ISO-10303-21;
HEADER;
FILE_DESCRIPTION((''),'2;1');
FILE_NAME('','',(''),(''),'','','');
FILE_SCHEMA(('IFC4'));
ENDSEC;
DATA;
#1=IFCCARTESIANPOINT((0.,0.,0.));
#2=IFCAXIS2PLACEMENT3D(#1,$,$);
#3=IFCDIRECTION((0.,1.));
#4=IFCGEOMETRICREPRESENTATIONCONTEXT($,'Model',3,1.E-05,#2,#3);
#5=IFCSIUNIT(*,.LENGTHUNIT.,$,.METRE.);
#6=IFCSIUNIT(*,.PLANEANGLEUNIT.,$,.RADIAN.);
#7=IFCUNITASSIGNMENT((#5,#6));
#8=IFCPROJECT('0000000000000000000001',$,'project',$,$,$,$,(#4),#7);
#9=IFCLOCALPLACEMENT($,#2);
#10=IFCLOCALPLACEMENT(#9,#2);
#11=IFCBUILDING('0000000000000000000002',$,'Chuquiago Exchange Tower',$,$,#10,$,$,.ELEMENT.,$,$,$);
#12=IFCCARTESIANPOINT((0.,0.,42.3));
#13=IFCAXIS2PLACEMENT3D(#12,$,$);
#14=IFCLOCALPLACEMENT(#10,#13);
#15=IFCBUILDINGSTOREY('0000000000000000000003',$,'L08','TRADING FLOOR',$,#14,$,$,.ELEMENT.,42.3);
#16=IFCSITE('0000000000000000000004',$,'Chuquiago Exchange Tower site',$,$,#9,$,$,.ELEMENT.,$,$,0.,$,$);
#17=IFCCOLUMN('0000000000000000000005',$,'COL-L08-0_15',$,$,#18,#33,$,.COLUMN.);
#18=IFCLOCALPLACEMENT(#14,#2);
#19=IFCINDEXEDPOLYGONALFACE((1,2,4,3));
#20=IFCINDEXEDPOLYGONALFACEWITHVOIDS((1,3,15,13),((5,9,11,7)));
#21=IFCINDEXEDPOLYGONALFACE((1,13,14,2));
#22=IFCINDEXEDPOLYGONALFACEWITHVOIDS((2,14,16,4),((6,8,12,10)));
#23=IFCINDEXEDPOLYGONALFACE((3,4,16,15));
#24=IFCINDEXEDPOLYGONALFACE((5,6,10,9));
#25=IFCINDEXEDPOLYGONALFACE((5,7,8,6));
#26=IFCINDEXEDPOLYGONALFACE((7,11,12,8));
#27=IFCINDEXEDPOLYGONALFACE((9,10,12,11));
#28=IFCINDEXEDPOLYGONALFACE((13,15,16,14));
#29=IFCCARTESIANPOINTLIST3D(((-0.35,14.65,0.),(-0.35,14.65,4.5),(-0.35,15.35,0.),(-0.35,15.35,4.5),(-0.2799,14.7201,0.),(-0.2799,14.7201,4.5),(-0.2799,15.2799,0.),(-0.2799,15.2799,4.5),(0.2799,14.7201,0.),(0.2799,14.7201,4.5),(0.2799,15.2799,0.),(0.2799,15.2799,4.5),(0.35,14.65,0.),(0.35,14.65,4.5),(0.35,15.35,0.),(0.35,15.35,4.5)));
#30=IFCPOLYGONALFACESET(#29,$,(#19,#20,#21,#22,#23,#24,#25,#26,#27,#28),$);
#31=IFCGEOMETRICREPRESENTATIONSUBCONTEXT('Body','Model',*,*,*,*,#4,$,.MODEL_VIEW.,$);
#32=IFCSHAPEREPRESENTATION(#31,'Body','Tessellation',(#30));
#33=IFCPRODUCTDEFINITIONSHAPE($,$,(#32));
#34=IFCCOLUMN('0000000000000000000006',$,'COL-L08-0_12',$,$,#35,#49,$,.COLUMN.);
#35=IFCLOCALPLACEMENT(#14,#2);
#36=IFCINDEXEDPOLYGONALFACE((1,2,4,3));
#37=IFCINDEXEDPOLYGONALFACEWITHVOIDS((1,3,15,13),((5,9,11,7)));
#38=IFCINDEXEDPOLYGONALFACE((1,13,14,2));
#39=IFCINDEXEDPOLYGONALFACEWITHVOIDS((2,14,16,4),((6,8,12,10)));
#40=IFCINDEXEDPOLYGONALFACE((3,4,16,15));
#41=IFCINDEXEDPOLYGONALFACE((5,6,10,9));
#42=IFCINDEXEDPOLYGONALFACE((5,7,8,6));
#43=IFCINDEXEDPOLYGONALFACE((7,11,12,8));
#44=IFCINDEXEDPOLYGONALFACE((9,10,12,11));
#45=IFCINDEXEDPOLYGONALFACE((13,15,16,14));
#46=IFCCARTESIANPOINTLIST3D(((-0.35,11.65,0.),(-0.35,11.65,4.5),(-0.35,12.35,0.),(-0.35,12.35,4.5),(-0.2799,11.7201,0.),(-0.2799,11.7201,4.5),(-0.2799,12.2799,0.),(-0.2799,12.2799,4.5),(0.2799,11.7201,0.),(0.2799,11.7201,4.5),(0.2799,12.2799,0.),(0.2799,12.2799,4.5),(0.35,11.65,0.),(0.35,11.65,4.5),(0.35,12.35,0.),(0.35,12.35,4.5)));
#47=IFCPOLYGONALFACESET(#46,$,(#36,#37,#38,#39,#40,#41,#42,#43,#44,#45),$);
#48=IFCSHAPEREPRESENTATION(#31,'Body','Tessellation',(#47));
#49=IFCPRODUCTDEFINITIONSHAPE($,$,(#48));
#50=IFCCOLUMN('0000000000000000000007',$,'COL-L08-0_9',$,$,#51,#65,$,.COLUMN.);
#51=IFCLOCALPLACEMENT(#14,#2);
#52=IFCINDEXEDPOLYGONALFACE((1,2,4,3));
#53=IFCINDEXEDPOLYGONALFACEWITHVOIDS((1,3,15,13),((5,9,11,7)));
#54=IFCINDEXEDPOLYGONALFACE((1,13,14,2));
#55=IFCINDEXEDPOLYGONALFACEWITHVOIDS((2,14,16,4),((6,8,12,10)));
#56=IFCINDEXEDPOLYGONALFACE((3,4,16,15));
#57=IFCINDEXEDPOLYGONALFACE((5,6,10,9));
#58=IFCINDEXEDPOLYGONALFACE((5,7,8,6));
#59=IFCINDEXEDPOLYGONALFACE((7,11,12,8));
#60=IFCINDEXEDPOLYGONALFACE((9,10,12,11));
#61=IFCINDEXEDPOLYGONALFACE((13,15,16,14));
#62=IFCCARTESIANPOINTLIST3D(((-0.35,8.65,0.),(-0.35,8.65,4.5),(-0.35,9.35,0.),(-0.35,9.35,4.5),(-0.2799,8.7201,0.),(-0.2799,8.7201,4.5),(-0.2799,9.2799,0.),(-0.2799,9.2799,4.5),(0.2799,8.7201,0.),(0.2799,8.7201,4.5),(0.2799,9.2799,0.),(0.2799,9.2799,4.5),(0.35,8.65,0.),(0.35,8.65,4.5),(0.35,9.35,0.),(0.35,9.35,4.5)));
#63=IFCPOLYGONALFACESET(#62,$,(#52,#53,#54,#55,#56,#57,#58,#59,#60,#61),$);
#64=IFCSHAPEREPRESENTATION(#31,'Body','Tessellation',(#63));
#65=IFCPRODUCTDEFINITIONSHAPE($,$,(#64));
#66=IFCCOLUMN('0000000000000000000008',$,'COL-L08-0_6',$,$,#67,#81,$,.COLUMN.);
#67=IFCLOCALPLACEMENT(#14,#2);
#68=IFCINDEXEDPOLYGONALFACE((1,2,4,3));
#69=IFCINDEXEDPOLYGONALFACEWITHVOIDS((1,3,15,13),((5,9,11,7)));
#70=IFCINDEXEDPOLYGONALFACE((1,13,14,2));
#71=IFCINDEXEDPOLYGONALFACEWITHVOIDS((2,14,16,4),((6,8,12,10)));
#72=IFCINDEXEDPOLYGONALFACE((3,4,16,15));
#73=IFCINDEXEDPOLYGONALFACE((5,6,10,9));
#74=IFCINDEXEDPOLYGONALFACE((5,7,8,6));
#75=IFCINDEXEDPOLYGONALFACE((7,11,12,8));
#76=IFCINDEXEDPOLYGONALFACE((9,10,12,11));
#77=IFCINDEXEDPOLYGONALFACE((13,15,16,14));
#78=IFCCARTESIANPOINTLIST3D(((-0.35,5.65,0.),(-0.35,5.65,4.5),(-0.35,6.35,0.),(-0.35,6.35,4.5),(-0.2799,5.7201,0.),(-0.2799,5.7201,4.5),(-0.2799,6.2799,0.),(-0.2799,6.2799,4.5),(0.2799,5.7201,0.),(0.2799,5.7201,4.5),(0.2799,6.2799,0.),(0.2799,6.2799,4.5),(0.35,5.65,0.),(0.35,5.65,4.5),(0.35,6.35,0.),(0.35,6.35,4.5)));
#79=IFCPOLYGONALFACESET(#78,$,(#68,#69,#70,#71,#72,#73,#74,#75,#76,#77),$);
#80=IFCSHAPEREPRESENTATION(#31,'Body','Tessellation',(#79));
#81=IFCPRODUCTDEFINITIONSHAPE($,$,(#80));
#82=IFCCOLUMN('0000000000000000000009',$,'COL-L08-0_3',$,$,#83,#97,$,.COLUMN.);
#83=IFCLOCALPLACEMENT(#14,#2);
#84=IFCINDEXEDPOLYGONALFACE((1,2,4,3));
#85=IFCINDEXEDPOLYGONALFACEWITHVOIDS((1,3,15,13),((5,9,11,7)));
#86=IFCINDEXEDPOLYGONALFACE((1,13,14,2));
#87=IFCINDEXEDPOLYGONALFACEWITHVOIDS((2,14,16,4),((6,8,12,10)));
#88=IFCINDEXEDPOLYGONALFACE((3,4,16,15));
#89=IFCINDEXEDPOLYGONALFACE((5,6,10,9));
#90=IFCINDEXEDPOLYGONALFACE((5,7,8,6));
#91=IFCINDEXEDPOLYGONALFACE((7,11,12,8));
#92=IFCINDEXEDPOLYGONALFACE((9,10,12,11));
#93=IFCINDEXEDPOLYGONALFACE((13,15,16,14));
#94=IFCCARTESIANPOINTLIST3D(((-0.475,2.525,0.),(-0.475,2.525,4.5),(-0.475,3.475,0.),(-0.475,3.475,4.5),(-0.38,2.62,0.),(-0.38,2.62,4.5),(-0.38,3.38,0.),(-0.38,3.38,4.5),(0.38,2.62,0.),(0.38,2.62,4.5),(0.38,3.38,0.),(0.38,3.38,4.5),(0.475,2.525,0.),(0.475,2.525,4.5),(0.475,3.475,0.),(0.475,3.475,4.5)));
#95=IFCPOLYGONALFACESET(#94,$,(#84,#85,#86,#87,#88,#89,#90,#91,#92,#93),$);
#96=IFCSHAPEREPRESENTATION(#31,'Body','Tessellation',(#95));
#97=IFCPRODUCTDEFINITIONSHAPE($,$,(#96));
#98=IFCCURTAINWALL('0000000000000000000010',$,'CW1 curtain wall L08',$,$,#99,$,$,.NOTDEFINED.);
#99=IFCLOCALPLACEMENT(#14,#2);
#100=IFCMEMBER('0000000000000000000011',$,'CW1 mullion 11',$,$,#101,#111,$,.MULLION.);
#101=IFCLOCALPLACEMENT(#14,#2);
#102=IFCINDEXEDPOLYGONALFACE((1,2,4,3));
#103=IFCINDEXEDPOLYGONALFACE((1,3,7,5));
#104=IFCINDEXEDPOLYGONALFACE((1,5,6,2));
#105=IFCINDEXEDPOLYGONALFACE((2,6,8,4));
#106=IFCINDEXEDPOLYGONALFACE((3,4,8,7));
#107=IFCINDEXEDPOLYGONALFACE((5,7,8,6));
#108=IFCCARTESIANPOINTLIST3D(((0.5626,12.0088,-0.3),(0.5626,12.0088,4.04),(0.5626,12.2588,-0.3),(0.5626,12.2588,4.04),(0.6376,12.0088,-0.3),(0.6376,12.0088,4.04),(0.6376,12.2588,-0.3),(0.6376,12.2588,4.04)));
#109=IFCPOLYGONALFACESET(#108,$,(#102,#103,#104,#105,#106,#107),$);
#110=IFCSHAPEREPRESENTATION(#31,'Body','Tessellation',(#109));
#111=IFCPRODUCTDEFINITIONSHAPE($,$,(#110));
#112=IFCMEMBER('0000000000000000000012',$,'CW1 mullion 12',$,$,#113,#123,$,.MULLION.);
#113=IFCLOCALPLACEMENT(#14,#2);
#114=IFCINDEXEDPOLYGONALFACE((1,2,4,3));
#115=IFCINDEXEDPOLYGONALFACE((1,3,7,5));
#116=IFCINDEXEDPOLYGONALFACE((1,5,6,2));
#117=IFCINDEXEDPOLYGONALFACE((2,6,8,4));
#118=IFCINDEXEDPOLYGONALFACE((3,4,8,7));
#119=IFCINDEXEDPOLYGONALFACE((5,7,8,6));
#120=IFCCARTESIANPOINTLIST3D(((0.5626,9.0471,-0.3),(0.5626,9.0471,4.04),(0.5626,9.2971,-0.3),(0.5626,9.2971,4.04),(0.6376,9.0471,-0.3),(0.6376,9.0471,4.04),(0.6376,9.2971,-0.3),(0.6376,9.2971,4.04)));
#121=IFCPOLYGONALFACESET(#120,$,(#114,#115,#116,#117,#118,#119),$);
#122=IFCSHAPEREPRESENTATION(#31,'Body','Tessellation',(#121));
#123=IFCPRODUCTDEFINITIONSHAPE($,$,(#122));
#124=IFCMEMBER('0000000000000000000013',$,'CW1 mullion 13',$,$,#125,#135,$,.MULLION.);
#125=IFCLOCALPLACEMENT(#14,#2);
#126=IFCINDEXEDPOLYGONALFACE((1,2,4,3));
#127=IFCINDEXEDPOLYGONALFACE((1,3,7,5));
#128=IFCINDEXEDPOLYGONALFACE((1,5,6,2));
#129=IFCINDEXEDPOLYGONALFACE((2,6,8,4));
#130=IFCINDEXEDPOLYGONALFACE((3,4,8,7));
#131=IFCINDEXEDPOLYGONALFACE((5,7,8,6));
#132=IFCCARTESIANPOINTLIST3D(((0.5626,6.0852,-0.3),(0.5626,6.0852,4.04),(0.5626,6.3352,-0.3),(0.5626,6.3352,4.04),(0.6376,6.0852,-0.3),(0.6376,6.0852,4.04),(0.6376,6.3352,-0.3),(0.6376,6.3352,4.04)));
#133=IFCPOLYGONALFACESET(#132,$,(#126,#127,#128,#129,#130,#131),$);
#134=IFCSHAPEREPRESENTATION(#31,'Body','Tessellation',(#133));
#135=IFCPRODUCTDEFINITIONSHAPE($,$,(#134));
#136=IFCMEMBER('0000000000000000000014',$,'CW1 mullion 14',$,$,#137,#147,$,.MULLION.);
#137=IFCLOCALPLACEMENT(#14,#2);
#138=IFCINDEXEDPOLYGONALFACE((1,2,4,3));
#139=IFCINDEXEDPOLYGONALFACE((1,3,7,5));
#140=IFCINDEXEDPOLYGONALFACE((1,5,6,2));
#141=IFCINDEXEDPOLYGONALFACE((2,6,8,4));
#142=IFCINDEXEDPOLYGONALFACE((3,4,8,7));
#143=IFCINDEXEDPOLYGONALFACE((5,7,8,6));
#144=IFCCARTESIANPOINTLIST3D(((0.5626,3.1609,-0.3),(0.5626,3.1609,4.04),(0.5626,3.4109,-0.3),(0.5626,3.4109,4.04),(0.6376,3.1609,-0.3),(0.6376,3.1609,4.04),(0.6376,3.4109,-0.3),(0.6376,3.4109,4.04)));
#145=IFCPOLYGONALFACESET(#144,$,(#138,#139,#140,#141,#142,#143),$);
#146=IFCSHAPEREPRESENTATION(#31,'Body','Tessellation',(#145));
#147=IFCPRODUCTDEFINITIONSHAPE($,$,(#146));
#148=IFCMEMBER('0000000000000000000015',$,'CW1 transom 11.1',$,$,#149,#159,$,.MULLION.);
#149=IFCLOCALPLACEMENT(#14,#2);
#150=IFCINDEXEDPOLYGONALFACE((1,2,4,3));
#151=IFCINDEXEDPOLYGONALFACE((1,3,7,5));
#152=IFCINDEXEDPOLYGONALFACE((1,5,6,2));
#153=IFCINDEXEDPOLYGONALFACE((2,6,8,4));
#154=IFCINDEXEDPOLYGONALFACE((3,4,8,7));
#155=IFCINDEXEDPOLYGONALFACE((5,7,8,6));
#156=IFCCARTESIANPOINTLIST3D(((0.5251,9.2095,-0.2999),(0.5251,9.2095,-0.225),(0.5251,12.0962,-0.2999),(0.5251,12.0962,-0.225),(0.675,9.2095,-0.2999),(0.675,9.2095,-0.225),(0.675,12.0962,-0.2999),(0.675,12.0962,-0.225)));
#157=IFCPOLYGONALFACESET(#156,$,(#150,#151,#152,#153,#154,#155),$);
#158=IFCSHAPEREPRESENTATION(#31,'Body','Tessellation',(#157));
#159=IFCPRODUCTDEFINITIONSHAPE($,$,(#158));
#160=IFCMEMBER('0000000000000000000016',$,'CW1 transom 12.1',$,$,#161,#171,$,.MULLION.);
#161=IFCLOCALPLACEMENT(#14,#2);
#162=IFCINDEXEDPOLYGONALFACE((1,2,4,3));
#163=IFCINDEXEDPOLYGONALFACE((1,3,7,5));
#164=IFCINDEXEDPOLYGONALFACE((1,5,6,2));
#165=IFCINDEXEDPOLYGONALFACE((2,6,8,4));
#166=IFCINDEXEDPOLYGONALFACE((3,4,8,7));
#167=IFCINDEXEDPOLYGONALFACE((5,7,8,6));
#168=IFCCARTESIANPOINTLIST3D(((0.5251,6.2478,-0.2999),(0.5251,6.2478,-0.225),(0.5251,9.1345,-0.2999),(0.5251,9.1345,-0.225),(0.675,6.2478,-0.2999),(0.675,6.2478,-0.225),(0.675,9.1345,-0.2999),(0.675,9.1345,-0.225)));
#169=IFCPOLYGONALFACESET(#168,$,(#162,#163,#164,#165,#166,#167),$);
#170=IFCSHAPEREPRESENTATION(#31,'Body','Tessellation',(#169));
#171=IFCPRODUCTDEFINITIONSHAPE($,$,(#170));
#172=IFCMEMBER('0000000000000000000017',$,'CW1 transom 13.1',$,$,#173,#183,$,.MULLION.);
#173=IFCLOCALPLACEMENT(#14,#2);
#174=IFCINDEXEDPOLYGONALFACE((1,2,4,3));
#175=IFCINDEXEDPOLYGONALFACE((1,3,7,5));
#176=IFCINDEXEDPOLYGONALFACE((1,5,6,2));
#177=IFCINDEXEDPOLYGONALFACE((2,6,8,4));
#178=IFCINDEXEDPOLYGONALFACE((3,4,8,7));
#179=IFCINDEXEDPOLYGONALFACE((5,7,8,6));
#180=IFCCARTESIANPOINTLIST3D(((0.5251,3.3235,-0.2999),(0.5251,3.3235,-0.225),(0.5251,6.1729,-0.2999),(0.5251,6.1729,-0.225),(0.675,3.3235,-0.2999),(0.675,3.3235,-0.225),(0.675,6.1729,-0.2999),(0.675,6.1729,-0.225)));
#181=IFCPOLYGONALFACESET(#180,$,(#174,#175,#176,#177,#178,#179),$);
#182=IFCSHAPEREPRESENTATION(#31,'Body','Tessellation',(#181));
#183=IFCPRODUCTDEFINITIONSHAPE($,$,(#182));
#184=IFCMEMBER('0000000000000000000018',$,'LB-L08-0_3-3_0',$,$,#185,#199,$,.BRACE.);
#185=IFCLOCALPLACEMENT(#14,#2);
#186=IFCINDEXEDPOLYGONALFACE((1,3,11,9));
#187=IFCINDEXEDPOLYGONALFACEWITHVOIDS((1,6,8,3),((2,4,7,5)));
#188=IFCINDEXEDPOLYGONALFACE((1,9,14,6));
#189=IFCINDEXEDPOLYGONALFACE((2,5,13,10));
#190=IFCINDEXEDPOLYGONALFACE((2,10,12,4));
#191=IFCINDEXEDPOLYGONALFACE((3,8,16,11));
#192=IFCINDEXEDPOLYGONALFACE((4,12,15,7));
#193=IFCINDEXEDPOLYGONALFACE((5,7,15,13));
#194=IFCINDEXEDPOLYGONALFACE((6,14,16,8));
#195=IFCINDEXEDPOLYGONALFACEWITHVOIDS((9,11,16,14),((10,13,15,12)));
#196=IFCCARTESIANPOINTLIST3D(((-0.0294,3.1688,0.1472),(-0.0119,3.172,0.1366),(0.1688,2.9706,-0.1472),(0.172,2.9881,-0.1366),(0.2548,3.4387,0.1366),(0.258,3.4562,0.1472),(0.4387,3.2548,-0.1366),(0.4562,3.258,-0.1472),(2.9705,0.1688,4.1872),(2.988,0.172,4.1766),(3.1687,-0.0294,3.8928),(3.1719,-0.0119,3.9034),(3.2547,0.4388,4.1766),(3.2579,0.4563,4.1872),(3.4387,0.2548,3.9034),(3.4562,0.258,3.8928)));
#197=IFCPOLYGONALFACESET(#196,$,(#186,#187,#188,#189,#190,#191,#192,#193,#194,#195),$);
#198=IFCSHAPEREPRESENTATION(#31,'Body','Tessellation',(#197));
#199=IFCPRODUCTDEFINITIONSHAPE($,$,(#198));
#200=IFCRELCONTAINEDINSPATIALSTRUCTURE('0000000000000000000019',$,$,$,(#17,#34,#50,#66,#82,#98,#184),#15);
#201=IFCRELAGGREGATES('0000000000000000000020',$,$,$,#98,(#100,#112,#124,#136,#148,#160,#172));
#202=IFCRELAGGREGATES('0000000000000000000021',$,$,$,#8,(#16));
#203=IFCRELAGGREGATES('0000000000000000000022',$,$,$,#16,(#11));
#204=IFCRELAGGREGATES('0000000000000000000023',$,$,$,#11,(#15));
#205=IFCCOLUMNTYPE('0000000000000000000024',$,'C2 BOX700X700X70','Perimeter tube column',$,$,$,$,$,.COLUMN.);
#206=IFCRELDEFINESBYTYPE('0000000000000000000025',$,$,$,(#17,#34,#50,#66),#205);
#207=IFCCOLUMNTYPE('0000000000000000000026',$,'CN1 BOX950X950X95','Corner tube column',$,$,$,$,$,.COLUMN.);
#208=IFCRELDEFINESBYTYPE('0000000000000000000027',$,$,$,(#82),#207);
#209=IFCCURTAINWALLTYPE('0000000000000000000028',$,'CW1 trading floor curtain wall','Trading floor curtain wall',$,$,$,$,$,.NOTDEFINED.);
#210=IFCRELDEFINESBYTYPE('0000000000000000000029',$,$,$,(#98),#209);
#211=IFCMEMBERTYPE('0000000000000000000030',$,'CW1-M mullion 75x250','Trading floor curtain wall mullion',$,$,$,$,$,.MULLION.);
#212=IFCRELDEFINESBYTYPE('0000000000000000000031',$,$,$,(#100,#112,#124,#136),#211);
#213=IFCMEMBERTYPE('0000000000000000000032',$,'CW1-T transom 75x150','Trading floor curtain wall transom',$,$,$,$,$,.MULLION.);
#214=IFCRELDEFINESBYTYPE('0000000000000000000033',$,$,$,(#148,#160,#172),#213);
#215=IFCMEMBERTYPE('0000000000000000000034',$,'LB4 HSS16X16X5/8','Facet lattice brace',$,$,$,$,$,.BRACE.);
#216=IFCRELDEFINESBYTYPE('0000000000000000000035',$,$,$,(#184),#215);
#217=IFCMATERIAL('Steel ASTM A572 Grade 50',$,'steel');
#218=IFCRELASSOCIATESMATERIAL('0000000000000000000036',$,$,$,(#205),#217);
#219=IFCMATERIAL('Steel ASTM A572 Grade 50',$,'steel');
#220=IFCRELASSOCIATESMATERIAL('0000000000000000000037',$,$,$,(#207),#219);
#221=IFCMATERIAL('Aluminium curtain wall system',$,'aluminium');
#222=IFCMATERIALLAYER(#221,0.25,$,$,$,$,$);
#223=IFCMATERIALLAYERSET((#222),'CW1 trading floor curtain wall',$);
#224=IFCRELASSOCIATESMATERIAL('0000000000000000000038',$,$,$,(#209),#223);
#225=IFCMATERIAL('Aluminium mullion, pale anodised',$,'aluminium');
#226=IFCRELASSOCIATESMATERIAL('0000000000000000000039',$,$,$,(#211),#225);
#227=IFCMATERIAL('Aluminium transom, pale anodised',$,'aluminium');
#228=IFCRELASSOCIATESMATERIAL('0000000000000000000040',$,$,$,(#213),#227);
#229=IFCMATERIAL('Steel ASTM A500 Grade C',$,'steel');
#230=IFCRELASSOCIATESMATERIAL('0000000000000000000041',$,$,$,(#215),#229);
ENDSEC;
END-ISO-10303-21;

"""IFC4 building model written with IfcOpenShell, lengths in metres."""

from ifc_helpers import new_model, si_unit, direction, frame, origin, origin_2d, place, context, subcontext, project, spatial, rectangle, hollow_rectangle, extrude, material, layer, layer_set, material_profile, profile_set, type_object, element, aggregate, save


model = new_model("IFC4")

# Units and contexts
model_context = context("Model", 3, precision=1e-05, world=origin(), true_north=direction((0.0, 1.0)))
body_context = subcontext(model_context, "Body", "Model", "MODEL_VIEW")
ifc_project = project(units=[si_unit("LENGTHUNIT", "METRE"), si_unit("PLANEANGLEUNIT", "RADIAN")], contexts=[model_context])

# Site, building, storey
site_placement = place(None, origin())
site = spatial("IfcSite", under=ifc_project, at=site_placement, Name="Chuquiago Exchange Tower site", CompositionType="ELEMENT", RefElevation=0.0)
building_placement = place(site_placement, origin())
building = spatial("IfcBuilding", under=site, at=building_placement, Name="Chuquiago Exchange Tower", CompositionType="ELEMENT")
storey_placement = place(building_placement, frame((0.0, 0.0, 42.3)))
storey = spatial("IfcBuildingStorey", under=building, at=storey_placement, Name="L08", Description="TRADING FLOOR", CompositionType="ELEMENT", Elevation=42.3)

# Columns
ifc_material_1 = material(Name="Steel ASTM A572 Grade 50", Category="steel")
ifc_material_profile_1 = material_profile(ifc_material_1, hollow_rectangle(XDim=0.7, YDim=0.7, WallThickness=0.0701, at=origin_2d()), Name="BOX700X700X70")
ifc_profile_set_1 = profile_set([ifc_material_profile_1], Name="Steel ASTM A572 Grade 50")
column_type_1 = type_object("IfcColumnType", Name="C2 BOX700X700X70", Description="Perimeter tube column", PredefinedType="COLUMN", material=ifc_profile_set_1)
for number, where, z_axis, x_axis, name in (
    (1, (0.0, 15.0, 0.0), (0.0, 0.0, 1.0), (-1.0, 0.0, 0.0), "COL-L08-0_15"),
    (2, (0.0, 12.0, 0.0), (0.0, 0.0, 1.0), (-1.0, 0.0, 0.0), "COL-L08-0_12"),
    (3, (0.0, 9.0, 0.0), (0.0, 0.0, 1.0), (-1.0, 0.0, 0.0), "COL-L08-0_9"),
    (4, (0.0, 6.0, 0.0), (0.0, 0.0, 1.0), (-1.0, 0.0, 0.0), "COL-L08-0_6"),
):
    element("IfcColumn", number, at=place(storey_placement, frame(where, z_axis=z_axis, x_axis=x_axis)), inside=storey, type_object=column_type_1, Name=name, PredefinedType="COLUMN", context=body_context, shape_type="SweptSolid", body=[
        extrude(hollow_rectangle(XDim=0.7, YDim=0.7, WallThickness=0.0701, at=origin_2d()), origin(), (0.0, 0.0, 1.0), 4.5),
    ])
ifc_material_2 = material(Name="Steel ASTM A572 Grade 50", Category="steel")
ifc_material_profile_2 = material_profile(ifc_material_2, hollow_rectangle(XDim=0.95, YDim=0.95, WallThickness=0.095, at=origin_2d()), Name="BOX950X950X95")
ifc_profile_set_2 = profile_set([ifc_material_profile_2], Name="Steel ASTM A572 Grade 50")
column_type_2 = type_object("IfcColumnType", Name="CN1 BOX950X950X95", Description="Corner tube column", PredefinedType="COLUMN", material=ifc_profile_set_2)
column_placement = place(storey_placement, frame((0.0, 3.0, 0.0), z_axis=(0.0, 0.0, 1.0), x_axis=(-1.0, 0.0, 0.0)))
element("IfcColumn", 5, at=column_placement, inside=storey, type_object=column_type_2, Name="COL-L08-0_3", PredefinedType="COLUMN", context=body_context, shape_type="SweptSolid", body=[
    extrude(hollow_rectangle(XDim=0.95, YDim=0.95, WallThickness=0.095, at=origin_2d()), origin(), (0.0, 0.0, 1.0), 4.5),
])

# Curtain wall, members
ifc_material_3 = material(Name="Aluminium curtain wall system", Category="aluminium")
ifc_layer_1 = layer(ifc_material_3, 0.25)
ifc_layer_set_1 = layer_set([ifc_layer_1], Name="CW1 trading floor curtain wall")
curtain_wall_type = type_object("IfcCurtainWallType", Name="CW1 trading floor curtain wall", Description="Trading floor curtain wall", PredefinedType="NOTDEFINED", material=ifc_layer_set_1)
curtain_wall_placement = place(storey_placement, origin())
curtain_wall = element("IfcCurtainWall", 6, at=curtain_wall_placement, inside=storey, type_object=curtain_wall_type, Name="CW1 curtain wall L08", PredefinedType="NOTDEFINED")
ifc_material_4 = material(Name="Aluminium mullion, pale anodised", Category="aluminium")
ifc_material_profile_3 = material_profile(ifc_material_4, rectangle(XDim=0.075, YDim=0.25, at=origin_2d()), Name="AL 75x250")
ifc_profile_set_3 = profile_set([ifc_material_profile_3], Name="Aluminium mullion, pale anodised")
member_type_1 = type_object("IfcMemberType", Name="CW1-M mullion 75x250", Description="Trading floor curtain wall mullion", PredefinedType="MULLION", material=ifc_profile_set_3)
member_1_placement = place(storey_placement, frame((0.6001, 12.1338, -0.3), z_axis=(0.0, 0.0, 1.0), x_axis=(1.0, 0.0, 0.0)))
member_1 = element("IfcMember", 7, at=member_1_placement, type_object=member_type_1, Name="CW1 mullion 11", PredefinedType="MULLION", context=body_context, shape_type="SweptSolid", body=[
    extrude(rectangle(XDim=0.075, YDim=0.25, at=origin_2d()), origin(), (0.0, 0.0, 1.0), 4.3401),
])
member_2_placement = place(storey_placement, frame((0.6001, 9.1721, -0.3), z_axis=(0.0, 0.0, 1.0), x_axis=(1.0, 0.0, 0.0)))
member_2 = element("IfcMember", 8, at=member_2_placement, type_object=member_type_1, Name="CW1 mullion 12", PredefinedType="MULLION", context=body_context, shape_type="SweptSolid", body=[
    extrude(rectangle(XDim=0.075, YDim=0.25, at=origin_2d()), origin(), (0.0, 0.0, 1.0), 4.3401),
])
member_3_placement = place(storey_placement, frame((0.6001, 6.2102, -0.3), z_axis=(0.0, 0.0, 1.0), x_axis=(1.0, 0.0, 0.0)))
member_3 = element("IfcMember", 9, at=member_3_placement, type_object=member_type_1, Name="CW1 mullion 13", PredefinedType="MULLION", context=body_context, shape_type="SweptSolid", body=[
    extrude(rectangle(XDim=0.075, YDim=0.25, at=origin_2d()), origin(), (0.0, 0.0, 1.0), 4.3401),
])
member_4_placement = place(storey_placement, frame((0.6001, 3.2859, -0.3), z_axis=(0.0, 0.0, 1.0), x_axis=(1.0, 0.0, 0.0)))
member_4 = element("IfcMember", 10, at=member_4_placement, type_object=member_type_1, Name="CW1 mullion 14", PredefinedType="MULLION", context=body_context, shape_type="SweptSolid", body=[
    extrude(rectangle(XDim=0.075, YDim=0.25, at=origin_2d()), origin(), (0.0, 0.0, 1.0), 4.3401),
])
ifc_material_5 = material(Name="Aluminium transom, pale anodised", Category="aluminium")
ifc_material_profile_4 = material_profile(ifc_material_5, rectangle(XDim=0.1499, YDim=0.075, at=origin_2d()), Name="AL 150x75")
ifc_profile_set_4 = profile_set([ifc_material_profile_4], Name="Aluminium transom, pale anodised")
member_type_2 = type_object("IfcMemberType", Name="CW1-T transom 75x150", Description="Trading floor curtain wall transom", PredefinedType="MULLION", material=ifc_profile_set_4)
member_5_placement = place(storey_placement, frame((0.6001, 12.0962, -0.2625), z_axis=(0.0, -1.0, 0.0), x_axis=(1.0, 0.0, 0.0)))
member_5 = element("IfcMember", 11, at=member_5_placement, type_object=member_type_2, Name="CW1 transom 11.1", PredefinedType="MULLION", context=body_context, shape_type="SweptSolid", body=[
    extrude(rectangle(XDim=0.1499, YDim=0.075, at=origin_2d()), origin(), (0.0, 0.0, 1.0), 2.8867),
])
member_6_placement = place(storey_placement, frame((0.6001, 9.1345, -0.2625), z_axis=(0.0, -1.0, 0.0), x_axis=(1.0, 0.0, 0.0)))
member_6 = element("IfcMember", 12, at=member_6_placement, type_object=member_type_2, Name="CW1 transom 12.1", PredefinedType="MULLION", context=body_context, shape_type="SweptSolid", body=[
    extrude(rectangle(XDim=0.1499, YDim=0.075, at=origin_2d()), origin(), (0.0, 0.0, 1.0), 2.8867),
])
member_7_placement = place(storey_placement, frame((0.6001, 6.1729, -0.2625), z_axis=(0.0, -1.0, 0.0), x_axis=(1.0, 0.0, 0.0)))
member_7 = element("IfcMember", 13, at=member_7_placement, type_object=member_type_2, Name="CW1 transom 13.1", PredefinedType="MULLION", context=body_context, shape_type="SweptSolid", body=[
    extrude(rectangle(XDim=0.1499, YDim=0.075, at=origin_2d()), origin(), (0.0, 0.0, 1.0), 2.8494),
])

# Member
ifc_material_6 = material(Name="Steel ASTM A500 Grade C", Category="steel")
ifc_material_profile_5 = material_profile(ifc_material_6, hollow_rectangle(XDim=0.4065, YDim=0.4065, WallThickness=0.0146, at=origin_2d()), Name="HSS16X16X5/8")
ifc_profile_set_5 = profile_set([ifc_material_profile_5], Name="Steel ASTM A500 Grade C")
member_type_3 = type_object("IfcMemberType", Name="LB4 HSS16X16X5/8", Description="Facet lattice brace", PredefinedType="BRACE", material=ifc_profile_set_5)
member_8_placement = place(storey_placement, frame((0.2134, 3.2134, 0.0), z_axis=(0.512077, -0.512077, 0.689604), x_axis=(0.707107, 0.707107, 0.0)))
element("IfcMember", 14, at=member_8_placement, inside=storey, type_object=member_type_3, Name="LB-L08-0_3-3_0", PredefinedType="BRACE", context=body_context, shape_type="SweptSolid", body=[
    extrude(hollow_rectangle(XDim=0.4065, YDim=0.4065, WallThickness=0.0146, at=origin_2d()), origin(), (0.0, 0.0, 1.0), 5.8584),
])

aggregate(curtain_wall, [member_1, member_2, member_3, member_4, member_5, member_6, member_7])

save(model, "model.ifc")
